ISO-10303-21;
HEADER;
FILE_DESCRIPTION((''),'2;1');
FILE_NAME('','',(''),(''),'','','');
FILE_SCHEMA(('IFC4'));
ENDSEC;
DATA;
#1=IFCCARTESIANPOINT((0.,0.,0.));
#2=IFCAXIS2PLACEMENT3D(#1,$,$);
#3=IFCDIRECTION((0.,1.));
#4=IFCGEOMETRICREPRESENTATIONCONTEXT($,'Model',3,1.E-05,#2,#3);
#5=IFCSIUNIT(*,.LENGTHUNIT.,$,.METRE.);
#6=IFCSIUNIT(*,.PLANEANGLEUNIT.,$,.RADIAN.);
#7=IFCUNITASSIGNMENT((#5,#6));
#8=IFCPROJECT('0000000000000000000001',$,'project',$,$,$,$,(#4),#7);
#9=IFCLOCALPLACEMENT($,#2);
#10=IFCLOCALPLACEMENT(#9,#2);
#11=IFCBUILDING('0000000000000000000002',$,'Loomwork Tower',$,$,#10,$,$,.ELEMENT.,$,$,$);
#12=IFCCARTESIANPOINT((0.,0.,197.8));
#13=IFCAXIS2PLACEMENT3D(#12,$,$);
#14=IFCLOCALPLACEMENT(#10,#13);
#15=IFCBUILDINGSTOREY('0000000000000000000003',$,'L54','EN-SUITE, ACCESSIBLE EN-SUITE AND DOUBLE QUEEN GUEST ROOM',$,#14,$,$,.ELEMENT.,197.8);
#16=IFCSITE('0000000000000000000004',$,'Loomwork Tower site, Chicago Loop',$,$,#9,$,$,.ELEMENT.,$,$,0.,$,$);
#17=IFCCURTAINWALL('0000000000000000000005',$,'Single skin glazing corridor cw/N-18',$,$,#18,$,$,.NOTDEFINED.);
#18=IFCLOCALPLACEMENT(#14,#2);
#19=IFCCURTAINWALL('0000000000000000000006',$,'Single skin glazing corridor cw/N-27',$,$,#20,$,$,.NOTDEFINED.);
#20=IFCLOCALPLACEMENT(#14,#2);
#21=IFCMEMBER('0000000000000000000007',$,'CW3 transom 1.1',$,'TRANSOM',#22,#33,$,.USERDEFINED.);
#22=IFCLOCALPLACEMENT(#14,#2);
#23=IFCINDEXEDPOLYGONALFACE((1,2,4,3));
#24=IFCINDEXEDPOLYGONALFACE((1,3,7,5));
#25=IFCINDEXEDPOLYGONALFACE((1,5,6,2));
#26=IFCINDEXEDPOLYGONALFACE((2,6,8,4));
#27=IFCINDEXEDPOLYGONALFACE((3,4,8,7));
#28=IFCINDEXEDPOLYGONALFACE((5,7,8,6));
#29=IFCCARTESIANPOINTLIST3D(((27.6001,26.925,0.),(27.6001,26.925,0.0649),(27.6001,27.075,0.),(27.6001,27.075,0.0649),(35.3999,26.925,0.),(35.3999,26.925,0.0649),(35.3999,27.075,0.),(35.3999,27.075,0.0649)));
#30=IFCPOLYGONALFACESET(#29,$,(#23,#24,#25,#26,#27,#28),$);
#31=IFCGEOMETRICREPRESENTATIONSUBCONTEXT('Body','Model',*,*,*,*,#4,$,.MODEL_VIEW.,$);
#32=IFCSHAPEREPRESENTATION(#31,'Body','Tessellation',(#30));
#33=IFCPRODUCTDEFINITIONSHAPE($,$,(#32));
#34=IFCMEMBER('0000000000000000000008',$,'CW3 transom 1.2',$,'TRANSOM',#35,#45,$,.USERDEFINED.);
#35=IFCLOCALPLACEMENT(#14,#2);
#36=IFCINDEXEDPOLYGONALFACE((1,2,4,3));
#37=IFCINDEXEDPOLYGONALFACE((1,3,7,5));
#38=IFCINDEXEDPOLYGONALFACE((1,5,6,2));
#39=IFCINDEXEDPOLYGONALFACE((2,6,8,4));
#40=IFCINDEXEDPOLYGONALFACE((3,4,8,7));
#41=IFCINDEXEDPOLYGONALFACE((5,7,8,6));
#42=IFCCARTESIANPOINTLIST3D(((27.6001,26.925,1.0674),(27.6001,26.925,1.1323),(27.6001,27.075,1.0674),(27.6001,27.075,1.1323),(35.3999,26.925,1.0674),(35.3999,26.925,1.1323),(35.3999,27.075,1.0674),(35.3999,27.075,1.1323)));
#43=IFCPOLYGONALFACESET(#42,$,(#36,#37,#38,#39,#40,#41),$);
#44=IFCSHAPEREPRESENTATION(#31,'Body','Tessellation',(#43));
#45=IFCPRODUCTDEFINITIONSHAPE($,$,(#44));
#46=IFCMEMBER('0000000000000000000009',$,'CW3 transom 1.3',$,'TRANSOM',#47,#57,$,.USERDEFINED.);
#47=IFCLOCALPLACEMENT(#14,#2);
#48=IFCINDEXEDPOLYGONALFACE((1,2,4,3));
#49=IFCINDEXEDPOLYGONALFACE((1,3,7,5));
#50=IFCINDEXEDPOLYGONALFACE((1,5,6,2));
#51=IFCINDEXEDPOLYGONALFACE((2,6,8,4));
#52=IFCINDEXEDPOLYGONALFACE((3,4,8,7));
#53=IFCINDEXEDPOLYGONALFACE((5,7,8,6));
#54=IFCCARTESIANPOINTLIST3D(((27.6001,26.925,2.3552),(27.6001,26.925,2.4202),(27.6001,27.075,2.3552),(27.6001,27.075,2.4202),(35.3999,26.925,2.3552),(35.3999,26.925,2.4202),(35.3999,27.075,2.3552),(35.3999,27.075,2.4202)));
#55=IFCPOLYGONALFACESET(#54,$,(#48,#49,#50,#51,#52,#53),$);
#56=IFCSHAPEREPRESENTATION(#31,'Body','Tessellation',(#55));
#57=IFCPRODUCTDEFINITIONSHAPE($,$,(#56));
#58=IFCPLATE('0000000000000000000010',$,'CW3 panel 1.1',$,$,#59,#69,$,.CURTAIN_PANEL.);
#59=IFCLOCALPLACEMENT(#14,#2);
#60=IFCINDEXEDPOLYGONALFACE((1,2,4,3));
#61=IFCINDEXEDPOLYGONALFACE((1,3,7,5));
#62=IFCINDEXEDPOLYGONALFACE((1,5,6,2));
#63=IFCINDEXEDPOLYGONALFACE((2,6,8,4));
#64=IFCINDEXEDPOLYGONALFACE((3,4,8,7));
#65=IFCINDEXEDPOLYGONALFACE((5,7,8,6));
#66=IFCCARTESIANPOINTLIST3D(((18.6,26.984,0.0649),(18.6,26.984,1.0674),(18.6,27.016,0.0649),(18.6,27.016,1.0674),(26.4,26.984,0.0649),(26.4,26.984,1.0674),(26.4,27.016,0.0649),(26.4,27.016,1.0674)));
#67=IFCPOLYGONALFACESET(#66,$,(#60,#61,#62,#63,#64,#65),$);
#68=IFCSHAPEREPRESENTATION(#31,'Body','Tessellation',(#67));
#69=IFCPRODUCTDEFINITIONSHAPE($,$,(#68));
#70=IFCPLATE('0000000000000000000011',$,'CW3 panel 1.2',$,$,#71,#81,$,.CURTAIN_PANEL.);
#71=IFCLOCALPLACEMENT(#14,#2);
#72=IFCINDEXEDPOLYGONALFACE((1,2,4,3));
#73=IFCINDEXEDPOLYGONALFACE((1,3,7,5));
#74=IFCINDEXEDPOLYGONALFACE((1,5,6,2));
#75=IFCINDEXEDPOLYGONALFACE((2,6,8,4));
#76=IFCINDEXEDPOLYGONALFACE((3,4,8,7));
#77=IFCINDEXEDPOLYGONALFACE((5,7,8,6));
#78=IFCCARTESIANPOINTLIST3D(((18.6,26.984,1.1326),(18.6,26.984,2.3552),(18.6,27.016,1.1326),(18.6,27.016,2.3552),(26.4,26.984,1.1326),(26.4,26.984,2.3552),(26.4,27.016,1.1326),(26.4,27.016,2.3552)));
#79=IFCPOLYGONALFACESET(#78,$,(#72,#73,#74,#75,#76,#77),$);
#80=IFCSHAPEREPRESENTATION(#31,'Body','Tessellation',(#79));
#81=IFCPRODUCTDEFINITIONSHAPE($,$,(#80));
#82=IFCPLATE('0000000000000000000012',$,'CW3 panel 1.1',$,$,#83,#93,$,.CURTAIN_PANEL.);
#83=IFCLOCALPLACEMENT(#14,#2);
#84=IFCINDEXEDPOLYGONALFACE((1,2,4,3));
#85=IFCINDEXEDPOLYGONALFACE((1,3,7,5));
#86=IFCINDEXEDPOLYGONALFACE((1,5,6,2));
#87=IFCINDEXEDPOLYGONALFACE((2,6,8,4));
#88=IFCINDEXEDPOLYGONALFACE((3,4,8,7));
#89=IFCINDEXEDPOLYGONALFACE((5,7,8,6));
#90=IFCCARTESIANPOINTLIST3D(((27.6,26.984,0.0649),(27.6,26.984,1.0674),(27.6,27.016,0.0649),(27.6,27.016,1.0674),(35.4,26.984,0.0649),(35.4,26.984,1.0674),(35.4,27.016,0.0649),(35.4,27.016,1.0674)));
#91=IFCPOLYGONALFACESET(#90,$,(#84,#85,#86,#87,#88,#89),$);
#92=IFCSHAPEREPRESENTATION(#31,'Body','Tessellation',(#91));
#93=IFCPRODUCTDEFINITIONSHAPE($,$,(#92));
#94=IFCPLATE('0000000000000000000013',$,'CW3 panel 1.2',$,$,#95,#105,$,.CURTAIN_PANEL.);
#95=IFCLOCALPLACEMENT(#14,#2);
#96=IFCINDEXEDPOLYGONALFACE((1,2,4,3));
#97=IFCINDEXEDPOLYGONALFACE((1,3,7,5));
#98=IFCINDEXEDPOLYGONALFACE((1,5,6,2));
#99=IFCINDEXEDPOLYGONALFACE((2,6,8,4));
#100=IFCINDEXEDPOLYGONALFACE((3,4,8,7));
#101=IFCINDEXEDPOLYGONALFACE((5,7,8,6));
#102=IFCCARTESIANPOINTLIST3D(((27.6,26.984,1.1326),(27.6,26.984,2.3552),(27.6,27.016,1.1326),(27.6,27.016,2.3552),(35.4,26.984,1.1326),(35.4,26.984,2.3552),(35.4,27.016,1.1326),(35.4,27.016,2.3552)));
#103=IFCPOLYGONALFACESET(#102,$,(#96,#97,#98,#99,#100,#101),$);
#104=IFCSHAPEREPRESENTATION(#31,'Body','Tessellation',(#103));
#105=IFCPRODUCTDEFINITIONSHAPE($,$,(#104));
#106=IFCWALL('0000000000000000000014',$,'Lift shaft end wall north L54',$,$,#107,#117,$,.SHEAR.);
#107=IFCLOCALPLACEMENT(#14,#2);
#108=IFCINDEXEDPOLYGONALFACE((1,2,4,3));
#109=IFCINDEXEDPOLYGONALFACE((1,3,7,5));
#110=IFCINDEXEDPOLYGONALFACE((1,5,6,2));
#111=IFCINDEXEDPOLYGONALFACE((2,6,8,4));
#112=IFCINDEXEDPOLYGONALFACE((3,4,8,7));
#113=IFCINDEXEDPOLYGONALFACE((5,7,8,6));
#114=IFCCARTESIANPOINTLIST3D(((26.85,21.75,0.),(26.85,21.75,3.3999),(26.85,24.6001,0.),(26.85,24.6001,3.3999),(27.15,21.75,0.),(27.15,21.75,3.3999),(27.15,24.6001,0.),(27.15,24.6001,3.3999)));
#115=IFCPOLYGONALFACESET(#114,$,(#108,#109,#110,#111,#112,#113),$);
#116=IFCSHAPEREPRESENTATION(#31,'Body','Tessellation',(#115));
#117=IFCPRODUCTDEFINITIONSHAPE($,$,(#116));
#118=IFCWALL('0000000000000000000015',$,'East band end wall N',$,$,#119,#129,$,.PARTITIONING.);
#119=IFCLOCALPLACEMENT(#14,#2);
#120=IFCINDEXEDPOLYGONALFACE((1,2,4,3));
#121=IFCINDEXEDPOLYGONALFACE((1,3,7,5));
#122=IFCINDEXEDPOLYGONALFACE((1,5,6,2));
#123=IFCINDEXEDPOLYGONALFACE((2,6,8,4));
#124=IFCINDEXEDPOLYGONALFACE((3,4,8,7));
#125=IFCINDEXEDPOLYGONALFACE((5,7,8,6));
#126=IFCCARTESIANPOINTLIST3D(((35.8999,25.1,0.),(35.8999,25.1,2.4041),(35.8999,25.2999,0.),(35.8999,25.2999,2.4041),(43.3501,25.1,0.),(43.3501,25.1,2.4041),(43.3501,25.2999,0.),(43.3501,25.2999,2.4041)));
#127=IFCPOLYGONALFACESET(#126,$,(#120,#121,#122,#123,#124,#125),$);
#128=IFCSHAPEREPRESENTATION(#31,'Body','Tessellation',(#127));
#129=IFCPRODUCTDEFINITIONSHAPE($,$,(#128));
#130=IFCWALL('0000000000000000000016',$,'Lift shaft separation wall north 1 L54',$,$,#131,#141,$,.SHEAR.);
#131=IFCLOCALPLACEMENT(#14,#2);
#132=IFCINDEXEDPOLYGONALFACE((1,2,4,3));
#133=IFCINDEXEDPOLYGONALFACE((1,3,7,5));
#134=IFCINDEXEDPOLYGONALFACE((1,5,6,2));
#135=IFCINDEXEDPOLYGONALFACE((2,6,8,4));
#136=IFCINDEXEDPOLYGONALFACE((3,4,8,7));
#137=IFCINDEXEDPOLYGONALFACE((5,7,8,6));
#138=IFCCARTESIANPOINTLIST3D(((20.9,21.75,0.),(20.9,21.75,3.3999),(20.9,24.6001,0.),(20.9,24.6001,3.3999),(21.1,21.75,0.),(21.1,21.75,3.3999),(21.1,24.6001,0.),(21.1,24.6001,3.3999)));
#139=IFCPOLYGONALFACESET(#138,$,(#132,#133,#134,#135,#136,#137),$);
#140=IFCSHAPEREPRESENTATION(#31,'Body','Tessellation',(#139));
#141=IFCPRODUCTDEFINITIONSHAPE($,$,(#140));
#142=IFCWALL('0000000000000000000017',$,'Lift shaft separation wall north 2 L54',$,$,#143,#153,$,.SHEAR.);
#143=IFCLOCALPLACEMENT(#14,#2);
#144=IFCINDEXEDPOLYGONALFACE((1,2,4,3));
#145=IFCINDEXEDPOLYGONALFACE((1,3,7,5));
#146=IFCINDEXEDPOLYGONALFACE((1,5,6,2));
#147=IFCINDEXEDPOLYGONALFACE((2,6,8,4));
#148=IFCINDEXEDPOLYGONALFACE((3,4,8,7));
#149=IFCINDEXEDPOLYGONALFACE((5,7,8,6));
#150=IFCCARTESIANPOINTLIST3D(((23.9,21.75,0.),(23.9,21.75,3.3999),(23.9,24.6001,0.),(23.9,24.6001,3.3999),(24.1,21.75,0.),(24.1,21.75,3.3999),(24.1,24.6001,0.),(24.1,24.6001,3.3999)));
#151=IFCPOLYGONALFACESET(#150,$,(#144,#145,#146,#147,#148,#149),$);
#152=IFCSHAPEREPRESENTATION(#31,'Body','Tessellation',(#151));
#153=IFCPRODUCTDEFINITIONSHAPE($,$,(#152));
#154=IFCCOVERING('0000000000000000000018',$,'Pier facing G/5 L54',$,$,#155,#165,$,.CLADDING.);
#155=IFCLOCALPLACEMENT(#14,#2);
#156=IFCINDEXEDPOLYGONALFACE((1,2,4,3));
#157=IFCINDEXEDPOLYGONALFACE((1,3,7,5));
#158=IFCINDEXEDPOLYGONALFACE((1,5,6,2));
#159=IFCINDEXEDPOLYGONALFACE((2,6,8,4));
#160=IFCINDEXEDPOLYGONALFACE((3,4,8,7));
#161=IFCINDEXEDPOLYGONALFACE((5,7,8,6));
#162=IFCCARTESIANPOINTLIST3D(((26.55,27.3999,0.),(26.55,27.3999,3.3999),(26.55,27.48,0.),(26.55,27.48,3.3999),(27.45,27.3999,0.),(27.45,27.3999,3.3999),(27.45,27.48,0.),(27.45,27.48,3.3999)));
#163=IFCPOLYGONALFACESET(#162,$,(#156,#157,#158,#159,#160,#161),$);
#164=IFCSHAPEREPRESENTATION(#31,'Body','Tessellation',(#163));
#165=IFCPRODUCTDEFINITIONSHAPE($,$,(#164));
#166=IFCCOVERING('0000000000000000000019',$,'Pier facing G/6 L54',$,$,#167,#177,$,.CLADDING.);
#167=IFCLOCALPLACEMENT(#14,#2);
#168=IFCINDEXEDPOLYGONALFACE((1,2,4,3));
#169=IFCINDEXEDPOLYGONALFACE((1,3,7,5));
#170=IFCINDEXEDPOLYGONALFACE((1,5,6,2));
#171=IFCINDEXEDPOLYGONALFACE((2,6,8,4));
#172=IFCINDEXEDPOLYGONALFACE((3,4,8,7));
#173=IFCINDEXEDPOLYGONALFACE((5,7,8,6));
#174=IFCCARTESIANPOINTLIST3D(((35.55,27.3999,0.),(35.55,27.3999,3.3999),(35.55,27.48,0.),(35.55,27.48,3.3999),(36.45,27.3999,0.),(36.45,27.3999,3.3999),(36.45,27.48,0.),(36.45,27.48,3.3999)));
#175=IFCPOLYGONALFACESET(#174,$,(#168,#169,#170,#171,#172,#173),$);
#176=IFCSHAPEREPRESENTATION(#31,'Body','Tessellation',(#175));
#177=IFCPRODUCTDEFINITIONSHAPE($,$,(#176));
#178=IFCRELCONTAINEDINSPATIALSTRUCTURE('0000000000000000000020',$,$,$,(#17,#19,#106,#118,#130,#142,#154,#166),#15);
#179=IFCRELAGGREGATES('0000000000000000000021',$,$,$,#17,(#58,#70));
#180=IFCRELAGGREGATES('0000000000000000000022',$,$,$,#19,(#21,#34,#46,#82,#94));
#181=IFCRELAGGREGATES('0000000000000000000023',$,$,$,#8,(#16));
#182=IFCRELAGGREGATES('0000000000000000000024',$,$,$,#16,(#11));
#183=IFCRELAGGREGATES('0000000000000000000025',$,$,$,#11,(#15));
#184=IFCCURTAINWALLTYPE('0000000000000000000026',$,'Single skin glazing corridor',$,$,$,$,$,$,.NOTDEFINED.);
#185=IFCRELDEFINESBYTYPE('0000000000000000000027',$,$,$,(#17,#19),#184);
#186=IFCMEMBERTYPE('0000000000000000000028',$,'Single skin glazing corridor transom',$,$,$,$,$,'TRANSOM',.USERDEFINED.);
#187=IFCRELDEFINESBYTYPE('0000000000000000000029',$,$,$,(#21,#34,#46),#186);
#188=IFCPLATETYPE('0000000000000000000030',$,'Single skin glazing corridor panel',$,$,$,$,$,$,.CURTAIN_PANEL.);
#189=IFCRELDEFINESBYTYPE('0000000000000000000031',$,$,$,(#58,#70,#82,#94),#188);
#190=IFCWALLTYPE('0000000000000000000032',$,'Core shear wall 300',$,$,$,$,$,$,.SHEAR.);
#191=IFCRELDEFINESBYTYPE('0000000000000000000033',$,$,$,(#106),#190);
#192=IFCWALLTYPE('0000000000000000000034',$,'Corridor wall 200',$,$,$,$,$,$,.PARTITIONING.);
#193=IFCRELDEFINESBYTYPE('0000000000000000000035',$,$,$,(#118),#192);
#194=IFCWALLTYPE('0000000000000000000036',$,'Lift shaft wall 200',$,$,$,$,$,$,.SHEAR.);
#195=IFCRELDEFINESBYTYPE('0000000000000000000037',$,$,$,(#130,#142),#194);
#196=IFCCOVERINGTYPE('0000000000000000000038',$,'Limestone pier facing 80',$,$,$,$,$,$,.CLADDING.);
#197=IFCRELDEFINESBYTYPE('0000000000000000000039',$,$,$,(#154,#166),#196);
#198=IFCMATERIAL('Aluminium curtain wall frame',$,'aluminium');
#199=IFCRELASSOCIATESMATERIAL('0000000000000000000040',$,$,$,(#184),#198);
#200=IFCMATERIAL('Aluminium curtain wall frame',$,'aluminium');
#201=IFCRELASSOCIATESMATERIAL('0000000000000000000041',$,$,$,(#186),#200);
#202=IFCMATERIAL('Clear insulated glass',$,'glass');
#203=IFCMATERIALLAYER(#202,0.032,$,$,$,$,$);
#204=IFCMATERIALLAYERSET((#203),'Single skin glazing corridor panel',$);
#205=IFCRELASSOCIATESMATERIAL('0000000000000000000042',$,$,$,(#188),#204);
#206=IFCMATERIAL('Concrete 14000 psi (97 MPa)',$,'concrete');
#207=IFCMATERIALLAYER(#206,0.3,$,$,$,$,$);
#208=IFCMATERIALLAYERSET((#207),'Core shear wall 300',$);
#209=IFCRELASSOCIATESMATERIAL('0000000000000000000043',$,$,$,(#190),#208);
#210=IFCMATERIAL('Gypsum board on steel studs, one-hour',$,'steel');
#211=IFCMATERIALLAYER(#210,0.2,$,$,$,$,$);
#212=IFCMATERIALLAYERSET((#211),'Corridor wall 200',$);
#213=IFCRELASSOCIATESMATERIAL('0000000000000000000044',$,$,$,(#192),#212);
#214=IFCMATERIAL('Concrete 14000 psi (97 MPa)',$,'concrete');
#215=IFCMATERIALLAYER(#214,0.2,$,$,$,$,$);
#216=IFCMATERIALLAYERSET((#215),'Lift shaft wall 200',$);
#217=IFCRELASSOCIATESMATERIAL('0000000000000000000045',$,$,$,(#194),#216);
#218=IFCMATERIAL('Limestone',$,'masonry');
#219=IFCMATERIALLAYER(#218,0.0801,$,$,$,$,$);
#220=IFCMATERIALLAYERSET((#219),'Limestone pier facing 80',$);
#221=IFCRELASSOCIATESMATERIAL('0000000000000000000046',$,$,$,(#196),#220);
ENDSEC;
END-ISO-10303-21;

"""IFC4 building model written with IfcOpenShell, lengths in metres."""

from ifc_helpers import new_model, si_unit, direction, frame, frame_2d, origin, origin_2d, place, context, subcontext, project, spatial, rectangle, extrude, material, layer, layer_set, material_profile, profile_set, type_object, element, aggregate, save


model = new_model("IFC4")

# Units and contexts
model_context = context("Model", 3, precision=1e-05, world=origin(), true_north=direction((0.0, 1.0)))
body_context = subcontext(model_context, "Body", "Model", "MODEL_VIEW")
ifc_project = project(units=[si_unit("LENGTHUNIT", "METRE"), si_unit("PLANEANGLEUNIT", "RADIAN")], contexts=[model_context])

# Site, building, storey
site_placement = place(None, origin())
site = spatial("IfcSite", under=ifc_project, at=site_placement, Name="Loomwork Tower site, Chicago Loop", CompositionType="ELEMENT", RefElevation=0.0)
building_placement = place(site_placement, origin())
building = spatial("IfcBuilding", under=site, at=building_placement, Name="Loomwork Tower", CompositionType="ELEMENT")
storey_placement = place(building_placement, frame((0.0, 0.0, 197.8)))
storey = spatial("IfcBuildingStorey", under=building, at=storey_placement, Name="L54", Description="EN-SUITE, ACCESSIBLE EN-SUITE AND DOUBLE QUEEN GUEST ROOM", CompositionType="ELEMENT", Elevation=197.8)

# Curtain wall
ifc_material_1 = material(Name="Aluminium curtain wall frame", Category="aluminium")
curtain_wall_type = type_object("IfcCurtainWallType", Name="Single skin glazing corridor", PredefinedType="NOTDEFINED", material=ifc_material_1)
curtain_wall_1_placement = place(storey_placement, origin())
curtain_wall_1 = element("IfcCurtainWall", 1, at=curtain_wall_1_placement, inside=storey, type_object=curtain_wall_type, Name="Single skin glazing corridor cw/N-18", PredefinedType="NOTDEFINED")

# Curtain wall
curtain_wall_2_placement = place(storey_placement, origin())
curtain_wall_2 = element("IfcCurtainWall", 2, at=curtain_wall_2_placement, inside=storey, type_object=curtain_wall_type, Name="Single skin glazing corridor cw/N-27", PredefinedType="NOTDEFINED")

# Members
ifc_material_2 = material(Name="Aluminium curtain wall frame", Category="aluminium")
ifc_material_profile_1 = material_profile(ifc_material_2, rectangle(XDim=0.1499, YDim=0.0649, at=origin_2d()), Name="AL 65x150")
ifc_profile_set_1 = profile_set([ifc_material_profile_1], Name="Aluminium curtain wall frame")
member_type_1 = type_object("IfcMemberType", Name="Single skin glazing corridor transom", ElementType="TRANSOM", PredefinedType="USERDEFINED", material=ifc_profile_set_1)
member_1_placement = place(storey_placement, frame((35.3999, 27.0, 0.0325), z_axis=(-1.0, 0.0, 0.0), x_axis=(0.0, -1.0, 0.0)))
member_1 = element("IfcMember", 3, at=member_1_placement, type_object=member_type_1, Name="CW3 transom 1.1", ObjectType="TRANSOM", PredefinedType="USERDEFINED", context=body_context, shape_type="SweptSolid", body=[
    extrude(rectangle(XDim=0.1499, YDim=0.0649, at=origin_2d()), origin(), (0.0, 0.0, 1.0), 7.7998),
])
member_2_placement = place(storey_placement, frame((35.3999, 27.0, 1.0999), z_axis=(-1.0, 0.0, 0.0), x_axis=(0.0, -1.0, 0.0)))
member_2 = element("IfcMember", 4, at=member_2_placement, type_object=member_type_1, Name="CW3 transom 1.2", ObjectType="TRANSOM", PredefinedType="USERDEFINED", context=body_context, shape_type="SweptSolid", body=[
    extrude(rectangle(XDim=0.1499, YDim=0.0649, at=origin_2d()), origin(), (0.0, 0.0, 1.0), 7.7998),
])
member_3_placement = place(storey_placement, frame((35.3999, 27.0, 2.3877), z_axis=(-1.0, 0.0, 0.0), x_axis=(0.0, -1.0, 0.0)))
member_3 = element("IfcMember", 5, at=member_3_placement, type_object=member_type_1, Name="CW3 transom 1.3", ObjectType="TRANSOM", PredefinedType="USERDEFINED", context=body_context, shape_type="SweptSolid", body=[
    extrude(rectangle(XDim=0.1499, YDim=0.0649, at=origin_2d()), origin(), (0.0, 0.0, 1.0), 7.7998),
])

# Plates
ifc_material_3 = material(Name="Clear insulated glass", Category="glass")
ifc_layer_1 = layer(ifc_material_3, 0.032)
ifc_layer_set_1 = layer_set([ifc_layer_1], Name="Single skin glazing corridor panel")
plate_type = type_object("IfcPlateType", Name="Single skin glazing corridor panel", PredefinedType="CURTAIN_PANEL", material=ifc_layer_set_1)
plate_1_placement = place(storey_placement, frame((22.5, 27.0, 0.0649), z_axis=(0.0, 0.0, 1.0), x_axis=(-1.0, 0.0, 0.0)))
plate_1 = element("IfcPlate", 6, at=plate_1_placement, type_object=plate_type, Name="CW3 panel 1.1", PredefinedType="CURTAIN_PANEL", context=body_context, shape_type="SweptSolid", body=[
    extrude(rectangle(XDim=7.8, YDim=0.032, at=origin_2d()), origin(), (0.0, 0.0, 1.0), 1.0024),
])
plate_2_placement = place(storey_placement, frame((22.5, 27.0, 1.1326), z_axis=(0.0, 0.0, 1.0), x_axis=(-1.0, 0.0, 0.0)))
plate_2 = element("IfcPlate", 7, at=plate_2_placement, type_object=plate_type, Name="CW3 panel 1.2", PredefinedType="CURTAIN_PANEL", context=body_context, shape_type="SweptSolid", body=[
    extrude(rectangle(XDim=7.8, YDim=0.032, at=origin_2d()), origin(), (0.0, 0.0, 1.0), 1.2227),
])
aggregate(curtain_wall_1, [plate_1, plate_2])
plate_3_placement = place(storey_placement, frame((31.5, 27.0, 0.0649), z_axis=(0.0, 0.0, 1.0), x_axis=(-1.0, 0.0, 0.0)))
plate_3 = element("IfcPlate", 8, at=plate_3_placement, type_object=plate_type, Name="CW3 panel 1.1", PredefinedType="CURTAIN_PANEL", context=body_context, shape_type="SweptSolid", body=[
    extrude(rectangle(XDim=7.8, YDim=0.032, at=origin_2d()), origin(), (0.0, 0.0, 1.0), 1.0024),
])
plate_4_placement = place(storey_placement, frame((31.5, 27.0, 1.1326), z_axis=(0.0, 0.0, 1.0), x_axis=(-1.0, 0.0, 0.0)))
plate_4 = element("IfcPlate", 9, at=plate_4_placement, type_object=plate_type, Name="CW3 panel 1.2", PredefinedType="CURTAIN_PANEL", context=body_context, shape_type="SweptSolid", body=[
    extrude(rectangle(XDim=7.8, YDim=0.032, at=origin_2d()), origin(), (0.0, 0.0, 1.0), 1.2227),
])
aggregate(curtain_wall_2, [member_1, member_2, member_3, plate_3, plate_4])

# Walls
ifc_material_4 = material(Name="Concrete 14000 psi (97 MPa)", Category="concrete")
ifc_layer_2 = layer(ifc_material_4, 0.3)
ifc_layer_set_2 = layer_set([ifc_layer_2], Name="Core shear wall 300")
wall_type_1 = type_object("IfcWallType", Name="Core shear wall 300", PredefinedType="SHEAR", material=ifc_layer_set_2)
wall_1_placement = place(storey_placement, frame((27.0, 21.75, 0.0), z_axis=(0.0, 0.0, 1.0), x_axis=(0.0, 1.0, 0.0)))
element("IfcWall", 10, at=wall_1_placement, inside=storey, type_object=wall_type_1, Name="Lift shaft end wall north L54", PredefinedType="SHEAR", context=body_context, shape_type="SweptSolid", body=[
    extrude(rectangle(XDim=2.8501, YDim=0.3, at=frame_2d((1.425, 0.0))), origin(), (0.0, 0.0, 1.0), 3.3999),
])
ifc_material_5 = material(Name="Gypsum board on steel studs, one-hour", Category="steel")
ifc_layer_3 = layer(ifc_material_5, 0.2)
ifc_layer_set_3 = layer_set([ifc_layer_3], Name="Corridor wall 200")
wall_type_2 = type_object("IfcWallType", Name="Corridor wall 200", PredefinedType="PARTITIONING", material=ifc_layer_set_3)
wall_2_placement = place(storey_placement, frame((35.8999, 25.2, 0.0), z_axis=(0.0, 0.0, 1.0), x_axis=(1.0, 0.0, 0.0)))
element("IfcWall", 11, at=wall_2_placement, inside=storey, type_object=wall_type_2, Name="East band end wall N", PredefinedType="PARTITIONING", context=body_context, shape_type="SweptSolid", body=[
    extrude(rectangle(XDim=7.4502, YDim=0.2, at=frame_2d((3.7251, 0.0))), origin(), (0.0, 0.0, 1.0), 2.4041),
])
ifc_material_6 = material(Name="Concrete 14000 psi (97 MPa)", Category="concrete")
ifc_layer_4 = layer(ifc_material_6, 0.2)
ifc_layer_set_4 = layer_set([ifc_layer_4], Name="Lift shaft wall 200")
wall_type_3 = type_object("IfcWallType", Name="Lift shaft wall 200", PredefinedType="SHEAR", material=ifc_layer_set_4)
for number, where, z_axis, x_axis, name in (
    (12, (21.0, 21.75, 0.0), (0.0, 0.0, 1.0), (0.0, 1.0, 0.0), "Lift shaft separation wall north 1 L54"),
    (13, (24.0, 21.75, 0.0), (0.0, 0.0, 1.0), (0.0, 1.0, 0.0), "Lift shaft separation wall north 2 L54"),
):
    element("IfcWall", number, at=place(storey_placement, frame(where, z_axis=z_axis, x_axis=x_axis)), inside=storey, type_object=wall_type_3, Name=name, PredefinedType="SHEAR", context=body_context, shape_type="SweptSolid", body=[
        extrude(rectangle(XDim=2.8501, YDim=0.2, at=frame_2d((1.425, 0.0))), origin(), (0.0, 0.0, 1.0), 3.3999),
    ])

# Coverings
ifc_material_7 = material(Name="Limestone", Category="masonry")
ifc_layer_5 = layer(ifc_material_7, 0.0801)
ifc_layer_set_5 = layer_set([ifc_layer_5], Name="Limestone pier facing 80")
covering_type = type_object("IfcCoveringType", Name="Limestone pier facing 80", PredefinedType="CLADDING", material=ifc_layer_set_5)
for number, where, z_axis, x_axis, name in (
    (14, (27.0, 27.4399, 0.0), (0.0, 0.0, 1.0), (1.0, 0.0, 0.0), "Pier facing G/5 L54"),
    (15, (36.0, 27.4399, 0.0), (0.0, 0.0, 1.0), (1.0, 0.0, 0.0), "Pier facing G/6 L54"),
):
    element("IfcCovering", number, at=place(storey_placement, frame(where, z_axis=z_axis, x_axis=x_axis)), inside=storey, type_object=covering_type, Name=name, PredefinedType="CLADDING", context=body_context, shape_type="SweptSolid", body=[
        extrude(rectangle(XDim=0.8999, YDim=0.0801, at=origin_2d()), origin(), (0.0, 0.0, 1.0), 3.3999),
    ])

save(model, "model.ifc")
